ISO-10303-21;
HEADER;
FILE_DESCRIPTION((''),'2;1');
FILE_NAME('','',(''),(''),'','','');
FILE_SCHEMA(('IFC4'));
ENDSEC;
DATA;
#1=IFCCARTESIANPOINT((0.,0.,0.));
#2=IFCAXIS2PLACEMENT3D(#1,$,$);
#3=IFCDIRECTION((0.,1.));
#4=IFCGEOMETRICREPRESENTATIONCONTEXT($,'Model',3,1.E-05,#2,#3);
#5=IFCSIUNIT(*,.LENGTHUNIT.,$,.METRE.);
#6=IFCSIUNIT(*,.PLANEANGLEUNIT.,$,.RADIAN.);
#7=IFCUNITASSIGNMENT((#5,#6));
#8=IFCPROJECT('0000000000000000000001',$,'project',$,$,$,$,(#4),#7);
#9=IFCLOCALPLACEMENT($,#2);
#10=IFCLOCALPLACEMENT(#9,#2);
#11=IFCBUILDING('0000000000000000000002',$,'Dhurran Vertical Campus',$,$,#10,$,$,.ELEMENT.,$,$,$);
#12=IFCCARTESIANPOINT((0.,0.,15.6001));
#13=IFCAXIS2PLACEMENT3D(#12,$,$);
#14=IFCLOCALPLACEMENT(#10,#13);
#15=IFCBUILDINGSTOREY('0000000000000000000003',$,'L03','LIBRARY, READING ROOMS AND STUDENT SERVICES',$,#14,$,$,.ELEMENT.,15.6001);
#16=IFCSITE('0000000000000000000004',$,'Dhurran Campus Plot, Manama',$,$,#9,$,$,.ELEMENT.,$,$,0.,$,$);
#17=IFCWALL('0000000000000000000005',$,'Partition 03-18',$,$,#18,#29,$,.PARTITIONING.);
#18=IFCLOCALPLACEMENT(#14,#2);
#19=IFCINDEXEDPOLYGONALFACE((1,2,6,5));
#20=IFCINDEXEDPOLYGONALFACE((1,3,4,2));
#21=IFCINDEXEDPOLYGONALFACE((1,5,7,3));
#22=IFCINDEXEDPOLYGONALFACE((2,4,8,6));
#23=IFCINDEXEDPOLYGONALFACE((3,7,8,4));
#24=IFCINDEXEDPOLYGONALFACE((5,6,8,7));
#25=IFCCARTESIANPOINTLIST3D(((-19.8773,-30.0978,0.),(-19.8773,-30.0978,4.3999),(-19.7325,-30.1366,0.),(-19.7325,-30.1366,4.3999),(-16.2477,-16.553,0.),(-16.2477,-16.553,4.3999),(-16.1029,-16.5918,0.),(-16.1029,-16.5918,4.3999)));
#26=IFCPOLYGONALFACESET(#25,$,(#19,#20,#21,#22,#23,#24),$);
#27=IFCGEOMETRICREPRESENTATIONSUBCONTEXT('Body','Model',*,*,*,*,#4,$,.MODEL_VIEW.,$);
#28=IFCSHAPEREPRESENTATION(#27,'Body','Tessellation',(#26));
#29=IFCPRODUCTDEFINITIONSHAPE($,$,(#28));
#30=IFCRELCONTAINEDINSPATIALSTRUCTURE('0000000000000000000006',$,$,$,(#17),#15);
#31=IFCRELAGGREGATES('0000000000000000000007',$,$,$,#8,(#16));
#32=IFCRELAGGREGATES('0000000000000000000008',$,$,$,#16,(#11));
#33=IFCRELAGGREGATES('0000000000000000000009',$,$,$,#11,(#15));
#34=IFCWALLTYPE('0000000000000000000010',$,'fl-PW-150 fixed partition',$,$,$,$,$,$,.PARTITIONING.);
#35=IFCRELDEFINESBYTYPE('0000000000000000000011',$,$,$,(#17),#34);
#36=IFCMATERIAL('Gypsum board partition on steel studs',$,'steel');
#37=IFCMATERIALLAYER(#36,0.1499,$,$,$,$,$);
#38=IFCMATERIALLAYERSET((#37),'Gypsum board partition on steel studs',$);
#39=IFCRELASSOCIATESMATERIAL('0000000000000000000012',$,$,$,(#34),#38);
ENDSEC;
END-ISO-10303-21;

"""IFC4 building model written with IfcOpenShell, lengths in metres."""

from ifc_helpers import new_model, si_unit, direction, frame, frame_2d, origin, place, context, subcontext, project, spatial, rectangle, extrude, material, layer, layer_set, type_object, element, save


model = new_model("IFC4")

# Units and contexts
model_context = context("Model", 3, precision=1e-05, world=origin(), true_north=direction((0.0, 1.0)))
body_context = subcontext(model_context, "Body", "Model", "MODEL_VIEW")
ifc_project = project(units=[si_unit("LENGTHUNIT", "METRE"), si_unit("PLANEANGLEUNIT", "RADIAN")], contexts=[model_context])

# Site, building, storey
site_placement = place(None, origin())
site = spatial("IfcSite", under=ifc_project, at=site_placement, Name="Dhurran Campus Plot, Manama", CompositionType="ELEMENT", RefElevation=0.0)
building_placement = place(site_placement, origin())
building = spatial("IfcBuilding", under=site, at=building_placement, Name="Dhurran Vertical Campus", CompositionType="ELEMENT")
storey_placement = place(building_placement, frame((0.0, 0.0, 15.6001)))
storey = spatial("IfcBuildingStorey", under=building, at=storey_placement, Name="L03", Description="LIBRARY, READING ROOMS AND STUDENT SERVICES", CompositionType="ELEMENT", Elevation=15.6001)

# Wall
ifc_material_1 = material(Name="Gypsum board partition on steel studs", Category="steel")
ifc_layer_1 = layer(ifc_material_1, 0.1499)
ifc_layer_set_1 = layer_set([ifc_layer_1], Name="Gypsum board partition on steel studs")
wall_type_1 = type_object("IfcWallType", Name="fl-PW-150 fixed partition", PredefinedType="PARTITIONING", material=ifc_layer_set_1)
wall_1_placement = place(storey_placement, frame((-16.1753, -16.5725, 0.0), z_axis=(0.0, 0.0, 1.0), x_axis=(-0.258838, -0.965921, 0.0)))
element("IfcWall", 1, at=wall_1_placement, inside=storey, type_object=wall_type_1, Name="Partition 03-18", PredefinedType="PARTITIONING", context=body_context, shape_type="SweptSolid", body=[
    extrude(rectangle(XDim=14.0227, YDim=0.1499, at=frame_2d((7.0112, 0.0))), origin(), (0.0, 0.0, 1.0), 4.3999),
])

save(model, "model.ifc")
